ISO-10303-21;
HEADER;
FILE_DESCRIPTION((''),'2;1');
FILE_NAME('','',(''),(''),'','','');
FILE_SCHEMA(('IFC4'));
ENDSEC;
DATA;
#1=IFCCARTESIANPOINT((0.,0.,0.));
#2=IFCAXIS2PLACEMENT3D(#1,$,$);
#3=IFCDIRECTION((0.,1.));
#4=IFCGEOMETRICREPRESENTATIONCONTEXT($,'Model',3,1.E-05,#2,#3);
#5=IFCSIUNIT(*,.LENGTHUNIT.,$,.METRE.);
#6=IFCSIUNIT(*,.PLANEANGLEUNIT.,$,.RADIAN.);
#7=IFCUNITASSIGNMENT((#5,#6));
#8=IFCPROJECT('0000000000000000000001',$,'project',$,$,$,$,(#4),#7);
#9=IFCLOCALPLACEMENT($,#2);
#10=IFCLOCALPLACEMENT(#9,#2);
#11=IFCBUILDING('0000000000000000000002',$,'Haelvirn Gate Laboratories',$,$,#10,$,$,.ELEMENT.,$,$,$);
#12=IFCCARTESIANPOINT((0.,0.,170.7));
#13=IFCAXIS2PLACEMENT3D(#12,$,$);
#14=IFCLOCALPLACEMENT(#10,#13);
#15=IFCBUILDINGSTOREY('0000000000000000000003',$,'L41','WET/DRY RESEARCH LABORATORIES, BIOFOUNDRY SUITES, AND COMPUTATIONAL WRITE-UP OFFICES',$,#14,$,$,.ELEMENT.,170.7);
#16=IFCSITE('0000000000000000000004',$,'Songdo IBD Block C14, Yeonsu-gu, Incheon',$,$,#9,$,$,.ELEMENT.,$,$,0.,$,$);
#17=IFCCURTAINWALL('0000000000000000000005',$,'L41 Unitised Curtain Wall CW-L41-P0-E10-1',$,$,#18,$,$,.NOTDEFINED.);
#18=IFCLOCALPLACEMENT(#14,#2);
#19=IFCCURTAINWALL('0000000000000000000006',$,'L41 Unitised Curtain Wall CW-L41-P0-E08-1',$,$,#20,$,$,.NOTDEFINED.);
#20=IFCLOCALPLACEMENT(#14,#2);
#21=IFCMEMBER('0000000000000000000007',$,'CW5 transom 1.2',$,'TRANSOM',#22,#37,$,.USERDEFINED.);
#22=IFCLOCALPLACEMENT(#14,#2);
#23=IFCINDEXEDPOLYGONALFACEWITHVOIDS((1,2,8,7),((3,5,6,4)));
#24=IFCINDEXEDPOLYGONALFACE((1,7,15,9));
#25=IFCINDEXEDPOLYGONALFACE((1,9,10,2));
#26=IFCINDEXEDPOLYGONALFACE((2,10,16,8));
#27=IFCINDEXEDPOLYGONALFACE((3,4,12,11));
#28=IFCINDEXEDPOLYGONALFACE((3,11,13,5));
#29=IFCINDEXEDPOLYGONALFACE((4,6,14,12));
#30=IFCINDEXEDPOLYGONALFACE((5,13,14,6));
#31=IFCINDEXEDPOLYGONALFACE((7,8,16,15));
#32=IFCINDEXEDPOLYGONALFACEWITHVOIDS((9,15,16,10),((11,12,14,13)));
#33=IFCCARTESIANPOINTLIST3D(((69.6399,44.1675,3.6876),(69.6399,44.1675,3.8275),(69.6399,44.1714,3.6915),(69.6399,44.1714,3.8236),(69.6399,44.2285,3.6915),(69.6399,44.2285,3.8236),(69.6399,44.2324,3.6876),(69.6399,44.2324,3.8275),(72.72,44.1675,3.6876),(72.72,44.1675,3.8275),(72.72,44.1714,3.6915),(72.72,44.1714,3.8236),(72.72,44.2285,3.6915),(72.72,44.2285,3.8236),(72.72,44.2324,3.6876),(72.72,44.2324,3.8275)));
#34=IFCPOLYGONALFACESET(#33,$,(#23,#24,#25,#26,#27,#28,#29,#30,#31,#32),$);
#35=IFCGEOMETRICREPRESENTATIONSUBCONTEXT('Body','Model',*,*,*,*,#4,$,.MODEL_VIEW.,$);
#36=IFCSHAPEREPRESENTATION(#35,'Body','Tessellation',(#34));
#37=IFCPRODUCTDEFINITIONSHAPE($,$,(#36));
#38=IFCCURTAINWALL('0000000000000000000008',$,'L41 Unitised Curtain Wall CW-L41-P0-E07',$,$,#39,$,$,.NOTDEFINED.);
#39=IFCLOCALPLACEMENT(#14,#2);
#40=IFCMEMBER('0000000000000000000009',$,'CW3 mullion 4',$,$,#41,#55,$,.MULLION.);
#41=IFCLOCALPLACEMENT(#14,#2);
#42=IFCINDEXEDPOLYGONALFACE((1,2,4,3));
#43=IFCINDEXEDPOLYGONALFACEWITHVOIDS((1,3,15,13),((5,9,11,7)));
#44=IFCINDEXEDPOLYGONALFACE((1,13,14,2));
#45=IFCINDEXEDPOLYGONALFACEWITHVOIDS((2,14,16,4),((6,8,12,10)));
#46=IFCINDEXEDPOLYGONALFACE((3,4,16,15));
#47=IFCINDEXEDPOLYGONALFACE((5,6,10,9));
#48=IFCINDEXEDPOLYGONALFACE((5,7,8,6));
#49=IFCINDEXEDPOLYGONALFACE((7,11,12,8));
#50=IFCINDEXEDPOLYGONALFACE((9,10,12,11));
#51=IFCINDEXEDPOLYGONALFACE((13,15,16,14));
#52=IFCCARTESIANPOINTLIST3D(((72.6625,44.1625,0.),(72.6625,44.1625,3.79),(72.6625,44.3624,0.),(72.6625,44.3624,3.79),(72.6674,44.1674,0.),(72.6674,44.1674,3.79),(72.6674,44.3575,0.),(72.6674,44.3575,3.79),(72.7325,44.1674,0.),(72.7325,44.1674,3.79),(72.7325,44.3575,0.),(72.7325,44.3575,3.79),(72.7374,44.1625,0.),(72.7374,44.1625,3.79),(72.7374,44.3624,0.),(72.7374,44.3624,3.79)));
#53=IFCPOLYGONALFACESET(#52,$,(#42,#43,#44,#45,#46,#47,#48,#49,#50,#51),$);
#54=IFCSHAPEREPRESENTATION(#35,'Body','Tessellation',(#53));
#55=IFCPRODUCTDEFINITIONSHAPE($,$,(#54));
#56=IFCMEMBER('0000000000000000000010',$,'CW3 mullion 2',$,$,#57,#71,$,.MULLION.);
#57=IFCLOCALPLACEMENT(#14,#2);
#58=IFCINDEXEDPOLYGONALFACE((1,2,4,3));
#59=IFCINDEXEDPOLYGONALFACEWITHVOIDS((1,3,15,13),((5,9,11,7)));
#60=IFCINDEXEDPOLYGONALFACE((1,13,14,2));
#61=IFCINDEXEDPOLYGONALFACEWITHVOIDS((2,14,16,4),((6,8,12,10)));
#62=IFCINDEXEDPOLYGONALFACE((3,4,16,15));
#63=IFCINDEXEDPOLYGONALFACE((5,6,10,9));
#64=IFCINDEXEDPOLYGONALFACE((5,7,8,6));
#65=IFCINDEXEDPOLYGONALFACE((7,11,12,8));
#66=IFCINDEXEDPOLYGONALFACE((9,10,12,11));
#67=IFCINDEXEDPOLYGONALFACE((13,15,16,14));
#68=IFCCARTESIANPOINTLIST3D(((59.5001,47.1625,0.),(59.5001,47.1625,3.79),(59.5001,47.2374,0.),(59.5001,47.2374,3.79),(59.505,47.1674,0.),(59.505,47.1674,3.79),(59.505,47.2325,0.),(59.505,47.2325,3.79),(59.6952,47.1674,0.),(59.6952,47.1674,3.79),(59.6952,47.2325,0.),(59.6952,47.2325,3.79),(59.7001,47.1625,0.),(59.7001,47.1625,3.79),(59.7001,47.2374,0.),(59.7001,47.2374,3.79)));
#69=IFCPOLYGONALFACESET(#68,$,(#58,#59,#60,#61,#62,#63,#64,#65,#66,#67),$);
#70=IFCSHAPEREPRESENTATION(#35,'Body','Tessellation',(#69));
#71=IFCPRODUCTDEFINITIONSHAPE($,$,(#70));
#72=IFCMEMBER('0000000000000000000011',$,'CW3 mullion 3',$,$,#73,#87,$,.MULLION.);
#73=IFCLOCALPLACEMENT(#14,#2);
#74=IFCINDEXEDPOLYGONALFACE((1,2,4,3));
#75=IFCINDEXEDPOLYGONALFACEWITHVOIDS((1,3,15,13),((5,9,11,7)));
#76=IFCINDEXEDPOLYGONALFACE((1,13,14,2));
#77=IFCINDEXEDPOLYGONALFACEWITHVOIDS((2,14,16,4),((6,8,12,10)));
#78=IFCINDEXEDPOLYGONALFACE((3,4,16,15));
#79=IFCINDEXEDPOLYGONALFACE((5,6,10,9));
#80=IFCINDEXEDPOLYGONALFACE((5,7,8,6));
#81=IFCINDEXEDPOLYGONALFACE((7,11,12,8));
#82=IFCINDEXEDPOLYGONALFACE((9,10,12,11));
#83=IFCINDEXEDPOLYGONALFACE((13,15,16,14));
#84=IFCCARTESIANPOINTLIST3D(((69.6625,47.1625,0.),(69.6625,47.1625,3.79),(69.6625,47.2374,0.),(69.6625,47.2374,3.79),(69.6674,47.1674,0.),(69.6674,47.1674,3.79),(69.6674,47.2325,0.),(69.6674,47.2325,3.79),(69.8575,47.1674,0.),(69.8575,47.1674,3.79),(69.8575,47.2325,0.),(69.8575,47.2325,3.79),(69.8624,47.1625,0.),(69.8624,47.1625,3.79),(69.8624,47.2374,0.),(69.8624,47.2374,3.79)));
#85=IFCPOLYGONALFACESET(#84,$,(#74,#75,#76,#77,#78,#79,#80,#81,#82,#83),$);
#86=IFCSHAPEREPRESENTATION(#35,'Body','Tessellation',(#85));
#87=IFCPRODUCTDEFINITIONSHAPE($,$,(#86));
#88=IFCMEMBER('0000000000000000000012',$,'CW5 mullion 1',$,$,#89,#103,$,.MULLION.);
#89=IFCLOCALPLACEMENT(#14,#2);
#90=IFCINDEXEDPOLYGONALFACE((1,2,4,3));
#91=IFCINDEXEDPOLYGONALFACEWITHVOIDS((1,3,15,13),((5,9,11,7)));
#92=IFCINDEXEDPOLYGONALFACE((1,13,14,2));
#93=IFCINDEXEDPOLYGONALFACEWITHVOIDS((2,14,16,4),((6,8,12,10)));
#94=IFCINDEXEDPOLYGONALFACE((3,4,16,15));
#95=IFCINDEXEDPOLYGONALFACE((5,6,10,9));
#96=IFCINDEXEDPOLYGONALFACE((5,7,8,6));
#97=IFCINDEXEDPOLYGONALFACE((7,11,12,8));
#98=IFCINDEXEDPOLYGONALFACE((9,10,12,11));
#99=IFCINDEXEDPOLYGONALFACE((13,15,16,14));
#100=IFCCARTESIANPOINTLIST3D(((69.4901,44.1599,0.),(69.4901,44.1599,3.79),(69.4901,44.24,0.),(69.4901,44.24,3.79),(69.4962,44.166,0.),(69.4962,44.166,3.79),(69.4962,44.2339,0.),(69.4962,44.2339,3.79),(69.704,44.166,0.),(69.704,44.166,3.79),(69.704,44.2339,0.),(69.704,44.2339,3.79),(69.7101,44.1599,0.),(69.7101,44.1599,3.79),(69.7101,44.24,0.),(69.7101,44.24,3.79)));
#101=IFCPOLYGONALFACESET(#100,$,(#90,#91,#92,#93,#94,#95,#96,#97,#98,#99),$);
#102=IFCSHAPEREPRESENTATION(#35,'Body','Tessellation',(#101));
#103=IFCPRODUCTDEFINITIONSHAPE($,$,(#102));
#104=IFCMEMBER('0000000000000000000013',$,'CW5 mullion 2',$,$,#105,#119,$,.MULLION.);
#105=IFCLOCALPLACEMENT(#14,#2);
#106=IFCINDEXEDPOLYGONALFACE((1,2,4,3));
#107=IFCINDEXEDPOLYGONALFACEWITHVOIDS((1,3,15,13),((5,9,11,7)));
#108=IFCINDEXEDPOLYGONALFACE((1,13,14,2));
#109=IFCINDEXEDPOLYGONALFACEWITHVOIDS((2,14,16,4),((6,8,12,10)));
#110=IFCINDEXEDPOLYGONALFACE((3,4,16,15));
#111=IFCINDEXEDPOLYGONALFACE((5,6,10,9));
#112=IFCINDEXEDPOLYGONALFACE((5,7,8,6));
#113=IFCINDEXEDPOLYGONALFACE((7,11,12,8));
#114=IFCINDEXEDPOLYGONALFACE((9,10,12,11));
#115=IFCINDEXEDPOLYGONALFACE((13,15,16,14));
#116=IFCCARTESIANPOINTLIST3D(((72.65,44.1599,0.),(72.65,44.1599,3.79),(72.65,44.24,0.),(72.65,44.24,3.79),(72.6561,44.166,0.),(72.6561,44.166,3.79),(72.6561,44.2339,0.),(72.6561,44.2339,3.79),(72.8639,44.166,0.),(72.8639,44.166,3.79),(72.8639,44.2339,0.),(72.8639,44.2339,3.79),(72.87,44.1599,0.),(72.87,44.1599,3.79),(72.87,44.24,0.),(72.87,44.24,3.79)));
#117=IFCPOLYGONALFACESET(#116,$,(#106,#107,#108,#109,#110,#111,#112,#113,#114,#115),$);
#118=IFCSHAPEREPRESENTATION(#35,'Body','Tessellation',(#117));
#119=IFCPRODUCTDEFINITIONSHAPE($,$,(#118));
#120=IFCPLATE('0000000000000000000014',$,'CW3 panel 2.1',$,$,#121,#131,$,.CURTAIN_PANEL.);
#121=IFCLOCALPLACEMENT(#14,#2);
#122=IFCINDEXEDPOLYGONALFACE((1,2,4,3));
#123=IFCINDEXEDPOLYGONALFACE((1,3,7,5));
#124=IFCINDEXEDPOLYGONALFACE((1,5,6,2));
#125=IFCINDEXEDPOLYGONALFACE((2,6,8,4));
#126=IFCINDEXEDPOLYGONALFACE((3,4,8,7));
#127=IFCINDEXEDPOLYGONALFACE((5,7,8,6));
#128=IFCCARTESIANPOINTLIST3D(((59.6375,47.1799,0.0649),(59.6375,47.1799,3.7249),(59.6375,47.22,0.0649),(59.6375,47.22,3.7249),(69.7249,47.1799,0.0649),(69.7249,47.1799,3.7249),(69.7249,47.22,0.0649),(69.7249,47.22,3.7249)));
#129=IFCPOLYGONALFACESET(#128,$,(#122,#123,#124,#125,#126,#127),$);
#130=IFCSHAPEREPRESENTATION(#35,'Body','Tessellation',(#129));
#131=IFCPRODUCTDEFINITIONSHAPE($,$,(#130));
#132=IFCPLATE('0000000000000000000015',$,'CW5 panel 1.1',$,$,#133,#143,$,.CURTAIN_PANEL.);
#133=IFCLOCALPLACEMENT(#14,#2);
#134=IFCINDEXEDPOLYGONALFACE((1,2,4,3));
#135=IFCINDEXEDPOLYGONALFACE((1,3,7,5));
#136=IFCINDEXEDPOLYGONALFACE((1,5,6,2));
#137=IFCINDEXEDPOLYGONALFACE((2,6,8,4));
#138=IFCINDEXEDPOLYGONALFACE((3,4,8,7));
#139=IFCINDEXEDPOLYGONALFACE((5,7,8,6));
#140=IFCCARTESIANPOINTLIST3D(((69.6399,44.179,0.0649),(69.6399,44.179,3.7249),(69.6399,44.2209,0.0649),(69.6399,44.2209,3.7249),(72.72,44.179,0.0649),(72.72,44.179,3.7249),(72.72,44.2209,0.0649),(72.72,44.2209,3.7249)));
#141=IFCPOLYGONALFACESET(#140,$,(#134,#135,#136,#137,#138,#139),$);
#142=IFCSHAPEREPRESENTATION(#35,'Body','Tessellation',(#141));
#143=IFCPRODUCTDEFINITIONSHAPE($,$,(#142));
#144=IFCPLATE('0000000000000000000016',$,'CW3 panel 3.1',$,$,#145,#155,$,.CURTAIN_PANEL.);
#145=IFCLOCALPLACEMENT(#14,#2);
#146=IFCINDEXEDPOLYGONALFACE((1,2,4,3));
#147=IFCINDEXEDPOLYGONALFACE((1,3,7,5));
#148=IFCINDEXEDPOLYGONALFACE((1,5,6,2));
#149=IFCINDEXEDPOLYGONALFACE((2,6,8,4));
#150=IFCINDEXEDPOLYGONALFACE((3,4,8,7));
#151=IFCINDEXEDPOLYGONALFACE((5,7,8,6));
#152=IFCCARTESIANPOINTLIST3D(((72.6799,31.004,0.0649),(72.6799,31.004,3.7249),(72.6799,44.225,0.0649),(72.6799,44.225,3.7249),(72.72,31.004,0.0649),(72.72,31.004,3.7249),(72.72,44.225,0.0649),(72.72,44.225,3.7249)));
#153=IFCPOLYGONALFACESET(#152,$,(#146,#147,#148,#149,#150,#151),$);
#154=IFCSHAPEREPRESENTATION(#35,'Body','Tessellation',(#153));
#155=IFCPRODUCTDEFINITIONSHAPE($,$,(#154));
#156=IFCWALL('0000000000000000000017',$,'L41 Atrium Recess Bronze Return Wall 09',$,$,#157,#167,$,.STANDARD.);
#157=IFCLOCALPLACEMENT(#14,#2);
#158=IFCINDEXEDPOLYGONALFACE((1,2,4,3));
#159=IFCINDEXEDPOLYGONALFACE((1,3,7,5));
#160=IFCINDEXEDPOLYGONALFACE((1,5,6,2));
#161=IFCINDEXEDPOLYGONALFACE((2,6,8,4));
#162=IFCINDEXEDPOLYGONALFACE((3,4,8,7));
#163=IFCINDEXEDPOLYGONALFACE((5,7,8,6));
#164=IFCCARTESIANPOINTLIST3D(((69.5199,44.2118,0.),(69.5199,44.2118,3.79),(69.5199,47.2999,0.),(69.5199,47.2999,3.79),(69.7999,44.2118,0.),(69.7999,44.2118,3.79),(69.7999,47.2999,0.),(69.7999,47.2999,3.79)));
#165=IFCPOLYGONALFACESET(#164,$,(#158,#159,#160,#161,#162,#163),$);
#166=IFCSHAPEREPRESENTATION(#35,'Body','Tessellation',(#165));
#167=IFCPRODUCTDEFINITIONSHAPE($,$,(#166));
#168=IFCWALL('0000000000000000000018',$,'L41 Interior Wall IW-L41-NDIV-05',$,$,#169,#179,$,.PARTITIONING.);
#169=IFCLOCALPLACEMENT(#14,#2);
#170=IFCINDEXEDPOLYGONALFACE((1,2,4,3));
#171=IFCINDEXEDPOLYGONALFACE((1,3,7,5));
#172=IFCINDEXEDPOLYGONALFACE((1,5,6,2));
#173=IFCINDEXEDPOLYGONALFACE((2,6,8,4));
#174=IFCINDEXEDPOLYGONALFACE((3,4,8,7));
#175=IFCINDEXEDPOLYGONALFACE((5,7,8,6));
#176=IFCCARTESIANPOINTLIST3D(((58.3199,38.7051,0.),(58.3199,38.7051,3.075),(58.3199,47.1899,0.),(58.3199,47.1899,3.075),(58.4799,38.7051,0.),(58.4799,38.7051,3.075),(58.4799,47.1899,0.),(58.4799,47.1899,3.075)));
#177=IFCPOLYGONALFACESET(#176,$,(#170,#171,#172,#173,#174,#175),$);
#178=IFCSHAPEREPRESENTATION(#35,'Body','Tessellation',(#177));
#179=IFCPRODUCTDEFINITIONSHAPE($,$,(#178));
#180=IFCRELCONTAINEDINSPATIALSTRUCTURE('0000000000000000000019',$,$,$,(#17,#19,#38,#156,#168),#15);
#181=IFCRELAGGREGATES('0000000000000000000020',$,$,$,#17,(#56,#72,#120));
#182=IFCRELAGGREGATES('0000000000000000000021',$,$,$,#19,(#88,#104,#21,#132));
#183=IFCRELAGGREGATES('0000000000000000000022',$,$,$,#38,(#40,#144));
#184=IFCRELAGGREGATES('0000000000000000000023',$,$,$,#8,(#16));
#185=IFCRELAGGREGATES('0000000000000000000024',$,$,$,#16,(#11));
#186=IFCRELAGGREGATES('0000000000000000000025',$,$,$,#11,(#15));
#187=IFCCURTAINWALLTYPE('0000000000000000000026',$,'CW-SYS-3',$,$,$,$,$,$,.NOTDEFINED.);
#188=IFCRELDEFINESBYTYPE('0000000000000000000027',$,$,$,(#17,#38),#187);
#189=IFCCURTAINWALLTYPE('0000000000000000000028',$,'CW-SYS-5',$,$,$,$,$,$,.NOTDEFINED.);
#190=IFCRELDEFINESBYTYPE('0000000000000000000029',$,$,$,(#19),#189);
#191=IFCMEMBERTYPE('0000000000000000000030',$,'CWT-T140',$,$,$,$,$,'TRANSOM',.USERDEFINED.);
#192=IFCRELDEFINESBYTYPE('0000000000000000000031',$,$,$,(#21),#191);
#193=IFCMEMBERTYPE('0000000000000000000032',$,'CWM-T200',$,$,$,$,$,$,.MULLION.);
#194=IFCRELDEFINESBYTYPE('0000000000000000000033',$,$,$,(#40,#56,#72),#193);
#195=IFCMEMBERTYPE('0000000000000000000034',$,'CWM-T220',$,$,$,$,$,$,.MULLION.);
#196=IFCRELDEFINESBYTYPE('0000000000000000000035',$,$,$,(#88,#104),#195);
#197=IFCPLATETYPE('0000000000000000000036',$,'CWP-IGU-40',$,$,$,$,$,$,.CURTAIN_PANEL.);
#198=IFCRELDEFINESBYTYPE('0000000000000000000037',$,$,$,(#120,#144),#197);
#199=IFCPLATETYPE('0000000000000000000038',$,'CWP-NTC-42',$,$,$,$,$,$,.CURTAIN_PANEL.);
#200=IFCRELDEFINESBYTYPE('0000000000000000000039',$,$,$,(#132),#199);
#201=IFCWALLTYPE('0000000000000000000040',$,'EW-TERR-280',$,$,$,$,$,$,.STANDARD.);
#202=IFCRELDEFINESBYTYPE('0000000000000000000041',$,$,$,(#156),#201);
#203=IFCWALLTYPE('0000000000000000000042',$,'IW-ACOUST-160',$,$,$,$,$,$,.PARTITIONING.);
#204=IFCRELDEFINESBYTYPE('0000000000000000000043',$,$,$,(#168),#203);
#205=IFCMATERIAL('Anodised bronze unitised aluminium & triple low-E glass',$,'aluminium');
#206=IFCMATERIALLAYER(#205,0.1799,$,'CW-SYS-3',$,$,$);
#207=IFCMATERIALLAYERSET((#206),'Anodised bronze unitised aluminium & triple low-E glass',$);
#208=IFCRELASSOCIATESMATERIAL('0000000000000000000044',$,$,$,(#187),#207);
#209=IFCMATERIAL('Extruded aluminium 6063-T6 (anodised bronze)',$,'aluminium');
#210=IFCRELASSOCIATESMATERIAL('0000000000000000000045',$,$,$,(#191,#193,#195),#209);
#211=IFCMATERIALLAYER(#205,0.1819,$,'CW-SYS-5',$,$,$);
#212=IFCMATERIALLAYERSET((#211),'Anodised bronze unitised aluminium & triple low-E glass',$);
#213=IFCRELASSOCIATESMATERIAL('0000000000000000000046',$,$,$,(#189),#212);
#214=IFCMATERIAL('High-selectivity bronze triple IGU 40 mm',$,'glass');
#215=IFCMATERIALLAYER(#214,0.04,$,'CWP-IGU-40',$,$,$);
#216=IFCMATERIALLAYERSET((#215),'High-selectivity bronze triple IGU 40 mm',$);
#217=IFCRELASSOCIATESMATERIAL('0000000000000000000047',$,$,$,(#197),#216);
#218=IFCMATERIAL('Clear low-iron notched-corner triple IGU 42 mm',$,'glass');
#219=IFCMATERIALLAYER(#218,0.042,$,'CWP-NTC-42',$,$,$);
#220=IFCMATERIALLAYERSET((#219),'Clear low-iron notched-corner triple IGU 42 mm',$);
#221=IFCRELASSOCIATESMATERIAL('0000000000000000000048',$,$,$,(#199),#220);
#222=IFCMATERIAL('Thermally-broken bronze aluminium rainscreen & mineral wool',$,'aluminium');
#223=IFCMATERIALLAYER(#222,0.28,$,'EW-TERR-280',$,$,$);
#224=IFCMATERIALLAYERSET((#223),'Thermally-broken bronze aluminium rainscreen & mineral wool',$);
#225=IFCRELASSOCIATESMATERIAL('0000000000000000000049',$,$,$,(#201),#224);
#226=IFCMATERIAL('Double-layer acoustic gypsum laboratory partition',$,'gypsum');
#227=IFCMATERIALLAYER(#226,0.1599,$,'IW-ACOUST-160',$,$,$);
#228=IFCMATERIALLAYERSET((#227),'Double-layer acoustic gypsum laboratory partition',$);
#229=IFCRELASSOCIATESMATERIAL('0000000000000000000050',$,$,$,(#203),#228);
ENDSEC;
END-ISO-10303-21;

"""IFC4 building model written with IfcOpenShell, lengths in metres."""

from ifc_helpers import new_model, si_unit, direction, frame, frame_2d, origin, origin_2d, place, context, subcontext, project, spatial, rectangle, hollow_rectangle, extrude, source, transform, mapped, material, layer, layer_set, material_profile, profile_set, type_object, type_shapes, element, aggregate, save


model = new_model("IFC4")

# Units and contexts
model_context = context("Model", 3, precision=1e-05, world=origin(), true_north=direction((0.0, 1.0)))
body_context = subcontext(model_context, "Body", "Model", "MODEL_VIEW")
ifc_project = project(units=[si_unit("LENGTHUNIT", "METRE"), si_unit("PLANEANGLEUNIT", "RADIAN")], contexts=[model_context])

# Site, building, storey
site_placement = place(None, origin())
site = spatial("IfcSite", under=ifc_project, at=site_placement, Name="Songdo IBD Block C14, Yeonsu-gu, Incheon", CompositionType="ELEMENT", RefElevation=0.0)
building_placement = place(site_placement, origin())
building = spatial("IfcBuilding", under=site, at=building_placement, Name="Haelvirn Gate Laboratories", CompositionType="ELEMENT")
storey_placement = place(building_placement, frame((0.0, 0.0, 170.7)))
storey = spatial("IfcBuildingStorey", under=building, at=storey_placement, Name="L41", Description="WET/DRY RESEARCH LABORATORIES, BIOFOUNDRY SUITES, AND COMPUTATIONAL WRITE-UP OFFICES", CompositionType="ELEMENT", Elevation=170.7)

# Curtain walls, member
ifc_material_1 = material(Name="Anodised bronze unitised aluminium & triple low-E glass", Category="aluminium")
ifc_layer_1 = layer(ifc_material_1, 0.1799, Name="CW-SYS-3")
ifc_layer_set_1 = layer_set([ifc_layer_1], Name="Anodised bronze unitised aluminium & triple low-E glass")
curtain_wall_type_1 = type_object("IfcCurtainWallType", Name="CW-SYS-3", PredefinedType="NOTDEFINED", material=ifc_layer_set_1)
curtain_wall_1_placement = place(storey_placement, origin())
curtain_wall_1 = element("IfcCurtainWall", 1, at=curtain_wall_1_placement, inside=storey, type_object=curtain_wall_type_1, Name="L41 Unitised Curtain Wall CW-L41-P0-E10-1", PredefinedType="NOTDEFINED")
ifc_material_2 = material(Name="Extruded aluminium 6063-T6 (anodised bronze)", Category="aluminium")
ifc_material_profile_1 = material_profile(ifc_material_2, hollow_rectangle(XDim=0.0649, YDim=0.1399, WallThickness=0.0039, at=origin_2d()), Name="CWT-140x65x4")
ifc_profile_set_1 = profile_set([ifc_material_profile_1], Name="Extruded aluminium 6063-T6 (anodised bronze)")
member_type_1 = type_object("IfcMemberType", Name="CWT-T140", ElementType="TRANSOM", PredefinedType="USERDEFINED", material=ifc_profile_set_1)
ifc_layer_2 = layer(ifc_material_1, 0.1819, Name="CW-SYS-5")
ifc_layer_set_2 = layer_set([ifc_layer_2], Name="Anodised bronze unitised aluminium & triple low-E glass")
curtain_wall_type_2 = type_object("IfcCurtainWallType", Name="CW-SYS-5", PredefinedType="NOTDEFINED", material=ifc_layer_set_2)
curtain_wall_2_placement = place(storey_placement, origin())
curtain_wall_2 = element("IfcCurtainWall", 2, at=curtain_wall_2_placement, inside=storey, type_object=curtain_wall_type_2, Name="L41 Unitised Curtain Wall CW-L41-P0-E08-1", PredefinedType="NOTDEFINED")
shared_shape_1 = source(origin(), body_context, "Body", "SweptSolid", [
    extrude(hollow_rectangle(XDim=0.0649, YDim=0.1399, WallThickness=0.0039, at=origin_2d()), origin(), (0.0, 0.0, 1.0), 3.0801),
])
member_1_placement = place(storey_placement, frame((69.6399, 44.2, 3.7576), z_axis=(1.0, 0.0, 0.0), x_axis=(0.0, 1.0, 0.0)))
member_1 = element("IfcMember", 3, at=member_1_placement, type_object=member_type_1, Name="CW5 transom 1.2", ObjectType="TRANSOM", PredefinedType="USERDEFINED", context=body_context, shape_type="MappedRepresentation", body=[
    mapped(shared_shape_1, transform((0.0, 0.0, 0.0), scale=1.0)),
])

# Curtain wall, member
curtain_wall_3_placement = place(storey_placement, origin())
curtain_wall_3 = element("IfcCurtainWall", 4, at=curtain_wall_3_placement, inside=storey, type_object=curtain_wall_type_1, Name="L41 Unitised Curtain Wall CW-L41-P0-E07", PredefinedType="NOTDEFINED")
ifc_material_profile_2 = material_profile(ifc_material_2, hollow_rectangle(XDim=0.075, YDim=0.2, WallThickness=0.0049, at=origin_2d()), Name="CWM-200x75x5")
ifc_profile_set_2 = profile_set([ifc_material_profile_2], Name="Extruded aluminium 6063-T6 (anodised bronze)")
member_type_2 = type_object("IfcMemberType", Name="CWM-T200", PredefinedType="MULLION", material=ifc_profile_set_2)
shared_shape_2 = source(origin(), body_context, "Body", "SweptSolid", [
    extrude(hollow_rectangle(XDim=0.075, YDim=0.2, WallThickness=0.0049, at=origin_2d()), origin(), (0.0, 0.0, 1.0), 3.79),
])
type_shapes(member_type_2, [shared_shape_2])
member_2_placement = place(storey_placement, frame((72.7, 44.2625, 0.0), z_axis=(0.0, 0.0, 1.0), x_axis=(-1.0, 0.0, 0.0)))
member_2 = element("IfcMember", 5, at=member_2_placement, type_object=member_type_2, Name="CW3 mullion 4", PredefinedType="MULLION", context=body_context, shape_type="MappedRepresentation", body=[
    mapped(shared_shape_2, transform((0.0, 0.0, 0.0), scale=1.0)),
])

# Members
member_3_placement = place(storey_placement, frame((59.6001, 47.2, 0.0), z_axis=(0.0, 0.0, 1.0), x_axis=(0.0, 1.0, 0.0)))
member_3 = element("IfcMember", 6, at=member_3_placement, type_object=member_type_2, Name="CW3 mullion 2", PredefinedType="MULLION", context=body_context, shape_type="MappedRepresentation", body=[
    mapped(shared_shape_2, transform((0.0, 0.0, 0.0), scale=1.0)),
])
member_4_placement = place(storey_placement, frame((69.7625, 47.2, 0.0), z_axis=(0.0, 0.0, 1.0), x_axis=(0.0, 1.0, 0.0)))
member_4 = element("IfcMember", 7, at=member_4_placement, type_object=member_type_2, Name="CW3 mullion 3", PredefinedType="MULLION", context=body_context, shape_type="MappedRepresentation", body=[
    mapped(shared_shape_2, transform((0.0, 0.0, 0.0), scale=1.0)),
])
ifc_material_profile_3 = material_profile(ifc_material_2, hollow_rectangle(XDim=0.0801, YDim=0.22, WallThickness=0.0061, at=origin_2d()), Name="CWM-220x80x6")
ifc_profile_set_3 = profile_set([ifc_material_profile_3], Name="Extruded aluminium 6063-T6 (anodised bronze)")
member_type_3 = type_object("IfcMemberType", Name="CWM-T220", PredefinedType="MULLION", material=ifc_profile_set_3)
shared_shape_3 = source(origin(), body_context, "Body", "SweptSolid", [
    extrude(hollow_rectangle(XDim=0.0801, YDim=0.22, WallThickness=0.0061, at=origin_2d()), origin(), (0.0, 0.0, 1.0), 3.79),
])
type_shapes(member_type_3, [shared_shape_3])
member_5_placement = place(storey_placement, frame((69.6001, 44.2, 0.0), z_axis=(0.0, 0.0, 1.0), x_axis=(0.0, 1.0, 0.0)))
member_5 = element("IfcMember", 8, at=member_5_placement, type_object=member_type_3, Name="CW5 mullion 1", PredefinedType="MULLION", context=body_context, shape_type="MappedRepresentation", body=[
    mapped(shared_shape_3, transform((0.0, 0.0, 0.0), scale=1.0)),
])
member_6_placement = place(storey_placement, frame((72.76, 44.2, 0.0), z_axis=(0.0, 0.0, 1.0), x_axis=(0.0, 1.0, 0.0)))
member_6 = element("IfcMember", 9, at=member_6_placement, type_object=member_type_3, Name="CW5 mullion 2", PredefinedType="MULLION", context=body_context, shape_type="MappedRepresentation", body=[
    mapped(shared_shape_3, transform((0.0, 0.0, 0.0), scale=1.0)),
])

# Plates
ifc_material_3 = material(Name="High-selectivity bronze triple IGU 40 mm", Category="glass")
ifc_layer_3 = layer(ifc_material_3, 0.04, Name="CWP-IGU-40")
ifc_layer_set_3 = layer_set([ifc_layer_3], Name="High-selectivity bronze triple IGU 40 mm")
plate_type_1 = type_object("IfcPlateType", Name="CWP-IGU-40", PredefinedType="CURTAIN_PANEL", material=ifc_layer_set_3)
shared_shape_4 = source(origin(), body_context, "Body", "SweptSolid", [
    extrude(rectangle(XDim=10.0874, YDim=0.04, at=origin_2d()), origin(), (0.0, 0.0, 1.0), 3.6599),
])
plate_1_placement = place(storey_placement, frame((64.6812, 47.2, 0.0649), z_axis=(0.0, 0.0, 1.0), x_axis=(1.0, 0.0, 0.0)))
plate_1 = element("IfcPlate", 10, at=plate_1_placement, type_object=plate_type_1, Name="CW3 panel 2.1", PredefinedType="CURTAIN_PANEL", context=body_context, shape_type="MappedRepresentation", body=[
    mapped(shared_shape_4, transform((0.0, 0.0, 0.0), scale=1.0)),
])
aggregate(curtain_wall_1, [member_3, member_4, plate_1])
ifc_material_4 = material(Name="Clear low-iron notched-corner triple IGU 42 mm", Category="glass")
ifc_layer_4 = layer(ifc_material_4, 0.042, Name="CWP-NTC-42")
ifc_layer_set_4 = layer_set([ifc_layer_4], Name="Clear low-iron notched-corner triple IGU 42 mm")
plate_type_2 = type_object("IfcPlateType", Name="CWP-NTC-42", PredefinedType="CURTAIN_PANEL", material=ifc_layer_set_4)
shared_shape_5 = source(origin(), body_context, "Body", "SweptSolid", [
    extrude(rectangle(XDim=3.0801, YDim=0.042, at=origin_2d()), origin(), (0.0, 0.0, 1.0), 3.6599),
])
type_shapes(plate_type_2, [shared_shape_5])
plate_2_placement = place(storey_placement, frame((71.1799, 44.2, 0.0649), z_axis=(0.0, 0.0, 1.0), x_axis=(1.0, 0.0, 0.0)))
plate_2 = element("IfcPlate", 11, at=plate_2_placement, type_object=plate_type_2, Name="CW5 panel 1.1", PredefinedType="CURTAIN_PANEL", context=body_context, shape_type="MappedRepresentation", body=[
    mapped(shared_shape_5, transform((0.0, 0.0, 0.0), scale=1.0)),
])
aggregate(curtain_wall_2, [member_5, member_6, member_1, plate_2])
shared_shape_6 = source(origin(), body_context, "Body", "SweptSolid", [
    extrude(rectangle(XDim=13.2209, YDim=0.04, at=origin_2d()), origin(), (0.0, 0.0, 1.0), 3.6599),
])
type_shapes(plate_type_1, [shared_shape_4, shared_shape_6])
plate_3_placement = place(storey_placement, frame((72.7, 37.6145, 0.0649), z_axis=(0.0, 0.0, 1.0), x_axis=(0.0, 1.0, 0.0)))
plate_3 = element("IfcPlate", 12, at=plate_3_placement, type_object=plate_type_1, Name="CW3 panel 3.1", PredefinedType="CURTAIN_PANEL", context=body_context, shape_type="MappedRepresentation", body=[
    mapped(shared_shape_6, transform((0.0, 0.0, 0.0), scale=1.0)),
])
aggregate(curtain_wall_3, [member_2, plate_3])

# Walls
ifc_material_5 = material(Name="Thermally-broken bronze aluminium rainscreen & mineral wool", Category="aluminium")
ifc_layer_5 = layer(ifc_material_5, 0.28, Name="EW-TERR-280")
ifc_layer_set_5 = layer_set([ifc_layer_5], Name="Thermally-broken bronze aluminium rainscreen & mineral wool")
wall_type_1 = type_object("IfcWallType", Name="EW-TERR-280", PredefinedType="STANDARD", material=ifc_layer_set_5)
wall_1_placement = place(storey_placement, frame((69.6599, 44.2119, 0.0), z_axis=(0.0, 0.0, 1.0), x_axis=(0.0, 1.0, 0.0)))
element("IfcWall", 13, at=wall_1_placement, inside=storey, type_object=wall_type_1, Name="L41 Atrium Recess Bronze Return Wall 09", PredefinedType="STANDARD", context=body_context, shape_type="SweptSolid", body=[
    extrude(rectangle(XDim=3.0881, YDim=0.28, at=frame_2d((1.5439, 0.0))), origin(), (0.0, 0.0, 1.0), 3.79),
])
ifc_material_6 = material(Name="Double-layer acoustic gypsum laboratory partition", Category="gypsum")
ifc_layer_6 = layer(ifc_material_6, 0.1599, Name="IW-ACOUST-160")
ifc_layer_set_6 = layer_set([ifc_layer_6], Name="Double-layer acoustic gypsum laboratory partition")
wall_type_2 = type_object("IfcWallType", Name="IW-ACOUST-160", PredefinedType="PARTITIONING", material=ifc_layer_set_6)
wall_2_placement = place(storey_placement, frame((58.3999, 38.7051, 0.0), z_axis=(0.0, 0.0, 1.0), x_axis=(0.0, 1.0, 0.0)))
element("IfcWall", 14, at=wall_2_placement, inside=storey, type_object=wall_type_2, Name="L41 Interior Wall IW-L41-NDIV-05", PredefinedType="PARTITIONING", context=body_context, shape_type="SweptSolid", body=[
    extrude(rectangle(XDim=8.4849, YDim=0.1599, at=frame_2d((4.2424, 0.0))), origin(), (0.0, 0.0, 1.0), 3.075),
])

save(model, "model.ifc")
